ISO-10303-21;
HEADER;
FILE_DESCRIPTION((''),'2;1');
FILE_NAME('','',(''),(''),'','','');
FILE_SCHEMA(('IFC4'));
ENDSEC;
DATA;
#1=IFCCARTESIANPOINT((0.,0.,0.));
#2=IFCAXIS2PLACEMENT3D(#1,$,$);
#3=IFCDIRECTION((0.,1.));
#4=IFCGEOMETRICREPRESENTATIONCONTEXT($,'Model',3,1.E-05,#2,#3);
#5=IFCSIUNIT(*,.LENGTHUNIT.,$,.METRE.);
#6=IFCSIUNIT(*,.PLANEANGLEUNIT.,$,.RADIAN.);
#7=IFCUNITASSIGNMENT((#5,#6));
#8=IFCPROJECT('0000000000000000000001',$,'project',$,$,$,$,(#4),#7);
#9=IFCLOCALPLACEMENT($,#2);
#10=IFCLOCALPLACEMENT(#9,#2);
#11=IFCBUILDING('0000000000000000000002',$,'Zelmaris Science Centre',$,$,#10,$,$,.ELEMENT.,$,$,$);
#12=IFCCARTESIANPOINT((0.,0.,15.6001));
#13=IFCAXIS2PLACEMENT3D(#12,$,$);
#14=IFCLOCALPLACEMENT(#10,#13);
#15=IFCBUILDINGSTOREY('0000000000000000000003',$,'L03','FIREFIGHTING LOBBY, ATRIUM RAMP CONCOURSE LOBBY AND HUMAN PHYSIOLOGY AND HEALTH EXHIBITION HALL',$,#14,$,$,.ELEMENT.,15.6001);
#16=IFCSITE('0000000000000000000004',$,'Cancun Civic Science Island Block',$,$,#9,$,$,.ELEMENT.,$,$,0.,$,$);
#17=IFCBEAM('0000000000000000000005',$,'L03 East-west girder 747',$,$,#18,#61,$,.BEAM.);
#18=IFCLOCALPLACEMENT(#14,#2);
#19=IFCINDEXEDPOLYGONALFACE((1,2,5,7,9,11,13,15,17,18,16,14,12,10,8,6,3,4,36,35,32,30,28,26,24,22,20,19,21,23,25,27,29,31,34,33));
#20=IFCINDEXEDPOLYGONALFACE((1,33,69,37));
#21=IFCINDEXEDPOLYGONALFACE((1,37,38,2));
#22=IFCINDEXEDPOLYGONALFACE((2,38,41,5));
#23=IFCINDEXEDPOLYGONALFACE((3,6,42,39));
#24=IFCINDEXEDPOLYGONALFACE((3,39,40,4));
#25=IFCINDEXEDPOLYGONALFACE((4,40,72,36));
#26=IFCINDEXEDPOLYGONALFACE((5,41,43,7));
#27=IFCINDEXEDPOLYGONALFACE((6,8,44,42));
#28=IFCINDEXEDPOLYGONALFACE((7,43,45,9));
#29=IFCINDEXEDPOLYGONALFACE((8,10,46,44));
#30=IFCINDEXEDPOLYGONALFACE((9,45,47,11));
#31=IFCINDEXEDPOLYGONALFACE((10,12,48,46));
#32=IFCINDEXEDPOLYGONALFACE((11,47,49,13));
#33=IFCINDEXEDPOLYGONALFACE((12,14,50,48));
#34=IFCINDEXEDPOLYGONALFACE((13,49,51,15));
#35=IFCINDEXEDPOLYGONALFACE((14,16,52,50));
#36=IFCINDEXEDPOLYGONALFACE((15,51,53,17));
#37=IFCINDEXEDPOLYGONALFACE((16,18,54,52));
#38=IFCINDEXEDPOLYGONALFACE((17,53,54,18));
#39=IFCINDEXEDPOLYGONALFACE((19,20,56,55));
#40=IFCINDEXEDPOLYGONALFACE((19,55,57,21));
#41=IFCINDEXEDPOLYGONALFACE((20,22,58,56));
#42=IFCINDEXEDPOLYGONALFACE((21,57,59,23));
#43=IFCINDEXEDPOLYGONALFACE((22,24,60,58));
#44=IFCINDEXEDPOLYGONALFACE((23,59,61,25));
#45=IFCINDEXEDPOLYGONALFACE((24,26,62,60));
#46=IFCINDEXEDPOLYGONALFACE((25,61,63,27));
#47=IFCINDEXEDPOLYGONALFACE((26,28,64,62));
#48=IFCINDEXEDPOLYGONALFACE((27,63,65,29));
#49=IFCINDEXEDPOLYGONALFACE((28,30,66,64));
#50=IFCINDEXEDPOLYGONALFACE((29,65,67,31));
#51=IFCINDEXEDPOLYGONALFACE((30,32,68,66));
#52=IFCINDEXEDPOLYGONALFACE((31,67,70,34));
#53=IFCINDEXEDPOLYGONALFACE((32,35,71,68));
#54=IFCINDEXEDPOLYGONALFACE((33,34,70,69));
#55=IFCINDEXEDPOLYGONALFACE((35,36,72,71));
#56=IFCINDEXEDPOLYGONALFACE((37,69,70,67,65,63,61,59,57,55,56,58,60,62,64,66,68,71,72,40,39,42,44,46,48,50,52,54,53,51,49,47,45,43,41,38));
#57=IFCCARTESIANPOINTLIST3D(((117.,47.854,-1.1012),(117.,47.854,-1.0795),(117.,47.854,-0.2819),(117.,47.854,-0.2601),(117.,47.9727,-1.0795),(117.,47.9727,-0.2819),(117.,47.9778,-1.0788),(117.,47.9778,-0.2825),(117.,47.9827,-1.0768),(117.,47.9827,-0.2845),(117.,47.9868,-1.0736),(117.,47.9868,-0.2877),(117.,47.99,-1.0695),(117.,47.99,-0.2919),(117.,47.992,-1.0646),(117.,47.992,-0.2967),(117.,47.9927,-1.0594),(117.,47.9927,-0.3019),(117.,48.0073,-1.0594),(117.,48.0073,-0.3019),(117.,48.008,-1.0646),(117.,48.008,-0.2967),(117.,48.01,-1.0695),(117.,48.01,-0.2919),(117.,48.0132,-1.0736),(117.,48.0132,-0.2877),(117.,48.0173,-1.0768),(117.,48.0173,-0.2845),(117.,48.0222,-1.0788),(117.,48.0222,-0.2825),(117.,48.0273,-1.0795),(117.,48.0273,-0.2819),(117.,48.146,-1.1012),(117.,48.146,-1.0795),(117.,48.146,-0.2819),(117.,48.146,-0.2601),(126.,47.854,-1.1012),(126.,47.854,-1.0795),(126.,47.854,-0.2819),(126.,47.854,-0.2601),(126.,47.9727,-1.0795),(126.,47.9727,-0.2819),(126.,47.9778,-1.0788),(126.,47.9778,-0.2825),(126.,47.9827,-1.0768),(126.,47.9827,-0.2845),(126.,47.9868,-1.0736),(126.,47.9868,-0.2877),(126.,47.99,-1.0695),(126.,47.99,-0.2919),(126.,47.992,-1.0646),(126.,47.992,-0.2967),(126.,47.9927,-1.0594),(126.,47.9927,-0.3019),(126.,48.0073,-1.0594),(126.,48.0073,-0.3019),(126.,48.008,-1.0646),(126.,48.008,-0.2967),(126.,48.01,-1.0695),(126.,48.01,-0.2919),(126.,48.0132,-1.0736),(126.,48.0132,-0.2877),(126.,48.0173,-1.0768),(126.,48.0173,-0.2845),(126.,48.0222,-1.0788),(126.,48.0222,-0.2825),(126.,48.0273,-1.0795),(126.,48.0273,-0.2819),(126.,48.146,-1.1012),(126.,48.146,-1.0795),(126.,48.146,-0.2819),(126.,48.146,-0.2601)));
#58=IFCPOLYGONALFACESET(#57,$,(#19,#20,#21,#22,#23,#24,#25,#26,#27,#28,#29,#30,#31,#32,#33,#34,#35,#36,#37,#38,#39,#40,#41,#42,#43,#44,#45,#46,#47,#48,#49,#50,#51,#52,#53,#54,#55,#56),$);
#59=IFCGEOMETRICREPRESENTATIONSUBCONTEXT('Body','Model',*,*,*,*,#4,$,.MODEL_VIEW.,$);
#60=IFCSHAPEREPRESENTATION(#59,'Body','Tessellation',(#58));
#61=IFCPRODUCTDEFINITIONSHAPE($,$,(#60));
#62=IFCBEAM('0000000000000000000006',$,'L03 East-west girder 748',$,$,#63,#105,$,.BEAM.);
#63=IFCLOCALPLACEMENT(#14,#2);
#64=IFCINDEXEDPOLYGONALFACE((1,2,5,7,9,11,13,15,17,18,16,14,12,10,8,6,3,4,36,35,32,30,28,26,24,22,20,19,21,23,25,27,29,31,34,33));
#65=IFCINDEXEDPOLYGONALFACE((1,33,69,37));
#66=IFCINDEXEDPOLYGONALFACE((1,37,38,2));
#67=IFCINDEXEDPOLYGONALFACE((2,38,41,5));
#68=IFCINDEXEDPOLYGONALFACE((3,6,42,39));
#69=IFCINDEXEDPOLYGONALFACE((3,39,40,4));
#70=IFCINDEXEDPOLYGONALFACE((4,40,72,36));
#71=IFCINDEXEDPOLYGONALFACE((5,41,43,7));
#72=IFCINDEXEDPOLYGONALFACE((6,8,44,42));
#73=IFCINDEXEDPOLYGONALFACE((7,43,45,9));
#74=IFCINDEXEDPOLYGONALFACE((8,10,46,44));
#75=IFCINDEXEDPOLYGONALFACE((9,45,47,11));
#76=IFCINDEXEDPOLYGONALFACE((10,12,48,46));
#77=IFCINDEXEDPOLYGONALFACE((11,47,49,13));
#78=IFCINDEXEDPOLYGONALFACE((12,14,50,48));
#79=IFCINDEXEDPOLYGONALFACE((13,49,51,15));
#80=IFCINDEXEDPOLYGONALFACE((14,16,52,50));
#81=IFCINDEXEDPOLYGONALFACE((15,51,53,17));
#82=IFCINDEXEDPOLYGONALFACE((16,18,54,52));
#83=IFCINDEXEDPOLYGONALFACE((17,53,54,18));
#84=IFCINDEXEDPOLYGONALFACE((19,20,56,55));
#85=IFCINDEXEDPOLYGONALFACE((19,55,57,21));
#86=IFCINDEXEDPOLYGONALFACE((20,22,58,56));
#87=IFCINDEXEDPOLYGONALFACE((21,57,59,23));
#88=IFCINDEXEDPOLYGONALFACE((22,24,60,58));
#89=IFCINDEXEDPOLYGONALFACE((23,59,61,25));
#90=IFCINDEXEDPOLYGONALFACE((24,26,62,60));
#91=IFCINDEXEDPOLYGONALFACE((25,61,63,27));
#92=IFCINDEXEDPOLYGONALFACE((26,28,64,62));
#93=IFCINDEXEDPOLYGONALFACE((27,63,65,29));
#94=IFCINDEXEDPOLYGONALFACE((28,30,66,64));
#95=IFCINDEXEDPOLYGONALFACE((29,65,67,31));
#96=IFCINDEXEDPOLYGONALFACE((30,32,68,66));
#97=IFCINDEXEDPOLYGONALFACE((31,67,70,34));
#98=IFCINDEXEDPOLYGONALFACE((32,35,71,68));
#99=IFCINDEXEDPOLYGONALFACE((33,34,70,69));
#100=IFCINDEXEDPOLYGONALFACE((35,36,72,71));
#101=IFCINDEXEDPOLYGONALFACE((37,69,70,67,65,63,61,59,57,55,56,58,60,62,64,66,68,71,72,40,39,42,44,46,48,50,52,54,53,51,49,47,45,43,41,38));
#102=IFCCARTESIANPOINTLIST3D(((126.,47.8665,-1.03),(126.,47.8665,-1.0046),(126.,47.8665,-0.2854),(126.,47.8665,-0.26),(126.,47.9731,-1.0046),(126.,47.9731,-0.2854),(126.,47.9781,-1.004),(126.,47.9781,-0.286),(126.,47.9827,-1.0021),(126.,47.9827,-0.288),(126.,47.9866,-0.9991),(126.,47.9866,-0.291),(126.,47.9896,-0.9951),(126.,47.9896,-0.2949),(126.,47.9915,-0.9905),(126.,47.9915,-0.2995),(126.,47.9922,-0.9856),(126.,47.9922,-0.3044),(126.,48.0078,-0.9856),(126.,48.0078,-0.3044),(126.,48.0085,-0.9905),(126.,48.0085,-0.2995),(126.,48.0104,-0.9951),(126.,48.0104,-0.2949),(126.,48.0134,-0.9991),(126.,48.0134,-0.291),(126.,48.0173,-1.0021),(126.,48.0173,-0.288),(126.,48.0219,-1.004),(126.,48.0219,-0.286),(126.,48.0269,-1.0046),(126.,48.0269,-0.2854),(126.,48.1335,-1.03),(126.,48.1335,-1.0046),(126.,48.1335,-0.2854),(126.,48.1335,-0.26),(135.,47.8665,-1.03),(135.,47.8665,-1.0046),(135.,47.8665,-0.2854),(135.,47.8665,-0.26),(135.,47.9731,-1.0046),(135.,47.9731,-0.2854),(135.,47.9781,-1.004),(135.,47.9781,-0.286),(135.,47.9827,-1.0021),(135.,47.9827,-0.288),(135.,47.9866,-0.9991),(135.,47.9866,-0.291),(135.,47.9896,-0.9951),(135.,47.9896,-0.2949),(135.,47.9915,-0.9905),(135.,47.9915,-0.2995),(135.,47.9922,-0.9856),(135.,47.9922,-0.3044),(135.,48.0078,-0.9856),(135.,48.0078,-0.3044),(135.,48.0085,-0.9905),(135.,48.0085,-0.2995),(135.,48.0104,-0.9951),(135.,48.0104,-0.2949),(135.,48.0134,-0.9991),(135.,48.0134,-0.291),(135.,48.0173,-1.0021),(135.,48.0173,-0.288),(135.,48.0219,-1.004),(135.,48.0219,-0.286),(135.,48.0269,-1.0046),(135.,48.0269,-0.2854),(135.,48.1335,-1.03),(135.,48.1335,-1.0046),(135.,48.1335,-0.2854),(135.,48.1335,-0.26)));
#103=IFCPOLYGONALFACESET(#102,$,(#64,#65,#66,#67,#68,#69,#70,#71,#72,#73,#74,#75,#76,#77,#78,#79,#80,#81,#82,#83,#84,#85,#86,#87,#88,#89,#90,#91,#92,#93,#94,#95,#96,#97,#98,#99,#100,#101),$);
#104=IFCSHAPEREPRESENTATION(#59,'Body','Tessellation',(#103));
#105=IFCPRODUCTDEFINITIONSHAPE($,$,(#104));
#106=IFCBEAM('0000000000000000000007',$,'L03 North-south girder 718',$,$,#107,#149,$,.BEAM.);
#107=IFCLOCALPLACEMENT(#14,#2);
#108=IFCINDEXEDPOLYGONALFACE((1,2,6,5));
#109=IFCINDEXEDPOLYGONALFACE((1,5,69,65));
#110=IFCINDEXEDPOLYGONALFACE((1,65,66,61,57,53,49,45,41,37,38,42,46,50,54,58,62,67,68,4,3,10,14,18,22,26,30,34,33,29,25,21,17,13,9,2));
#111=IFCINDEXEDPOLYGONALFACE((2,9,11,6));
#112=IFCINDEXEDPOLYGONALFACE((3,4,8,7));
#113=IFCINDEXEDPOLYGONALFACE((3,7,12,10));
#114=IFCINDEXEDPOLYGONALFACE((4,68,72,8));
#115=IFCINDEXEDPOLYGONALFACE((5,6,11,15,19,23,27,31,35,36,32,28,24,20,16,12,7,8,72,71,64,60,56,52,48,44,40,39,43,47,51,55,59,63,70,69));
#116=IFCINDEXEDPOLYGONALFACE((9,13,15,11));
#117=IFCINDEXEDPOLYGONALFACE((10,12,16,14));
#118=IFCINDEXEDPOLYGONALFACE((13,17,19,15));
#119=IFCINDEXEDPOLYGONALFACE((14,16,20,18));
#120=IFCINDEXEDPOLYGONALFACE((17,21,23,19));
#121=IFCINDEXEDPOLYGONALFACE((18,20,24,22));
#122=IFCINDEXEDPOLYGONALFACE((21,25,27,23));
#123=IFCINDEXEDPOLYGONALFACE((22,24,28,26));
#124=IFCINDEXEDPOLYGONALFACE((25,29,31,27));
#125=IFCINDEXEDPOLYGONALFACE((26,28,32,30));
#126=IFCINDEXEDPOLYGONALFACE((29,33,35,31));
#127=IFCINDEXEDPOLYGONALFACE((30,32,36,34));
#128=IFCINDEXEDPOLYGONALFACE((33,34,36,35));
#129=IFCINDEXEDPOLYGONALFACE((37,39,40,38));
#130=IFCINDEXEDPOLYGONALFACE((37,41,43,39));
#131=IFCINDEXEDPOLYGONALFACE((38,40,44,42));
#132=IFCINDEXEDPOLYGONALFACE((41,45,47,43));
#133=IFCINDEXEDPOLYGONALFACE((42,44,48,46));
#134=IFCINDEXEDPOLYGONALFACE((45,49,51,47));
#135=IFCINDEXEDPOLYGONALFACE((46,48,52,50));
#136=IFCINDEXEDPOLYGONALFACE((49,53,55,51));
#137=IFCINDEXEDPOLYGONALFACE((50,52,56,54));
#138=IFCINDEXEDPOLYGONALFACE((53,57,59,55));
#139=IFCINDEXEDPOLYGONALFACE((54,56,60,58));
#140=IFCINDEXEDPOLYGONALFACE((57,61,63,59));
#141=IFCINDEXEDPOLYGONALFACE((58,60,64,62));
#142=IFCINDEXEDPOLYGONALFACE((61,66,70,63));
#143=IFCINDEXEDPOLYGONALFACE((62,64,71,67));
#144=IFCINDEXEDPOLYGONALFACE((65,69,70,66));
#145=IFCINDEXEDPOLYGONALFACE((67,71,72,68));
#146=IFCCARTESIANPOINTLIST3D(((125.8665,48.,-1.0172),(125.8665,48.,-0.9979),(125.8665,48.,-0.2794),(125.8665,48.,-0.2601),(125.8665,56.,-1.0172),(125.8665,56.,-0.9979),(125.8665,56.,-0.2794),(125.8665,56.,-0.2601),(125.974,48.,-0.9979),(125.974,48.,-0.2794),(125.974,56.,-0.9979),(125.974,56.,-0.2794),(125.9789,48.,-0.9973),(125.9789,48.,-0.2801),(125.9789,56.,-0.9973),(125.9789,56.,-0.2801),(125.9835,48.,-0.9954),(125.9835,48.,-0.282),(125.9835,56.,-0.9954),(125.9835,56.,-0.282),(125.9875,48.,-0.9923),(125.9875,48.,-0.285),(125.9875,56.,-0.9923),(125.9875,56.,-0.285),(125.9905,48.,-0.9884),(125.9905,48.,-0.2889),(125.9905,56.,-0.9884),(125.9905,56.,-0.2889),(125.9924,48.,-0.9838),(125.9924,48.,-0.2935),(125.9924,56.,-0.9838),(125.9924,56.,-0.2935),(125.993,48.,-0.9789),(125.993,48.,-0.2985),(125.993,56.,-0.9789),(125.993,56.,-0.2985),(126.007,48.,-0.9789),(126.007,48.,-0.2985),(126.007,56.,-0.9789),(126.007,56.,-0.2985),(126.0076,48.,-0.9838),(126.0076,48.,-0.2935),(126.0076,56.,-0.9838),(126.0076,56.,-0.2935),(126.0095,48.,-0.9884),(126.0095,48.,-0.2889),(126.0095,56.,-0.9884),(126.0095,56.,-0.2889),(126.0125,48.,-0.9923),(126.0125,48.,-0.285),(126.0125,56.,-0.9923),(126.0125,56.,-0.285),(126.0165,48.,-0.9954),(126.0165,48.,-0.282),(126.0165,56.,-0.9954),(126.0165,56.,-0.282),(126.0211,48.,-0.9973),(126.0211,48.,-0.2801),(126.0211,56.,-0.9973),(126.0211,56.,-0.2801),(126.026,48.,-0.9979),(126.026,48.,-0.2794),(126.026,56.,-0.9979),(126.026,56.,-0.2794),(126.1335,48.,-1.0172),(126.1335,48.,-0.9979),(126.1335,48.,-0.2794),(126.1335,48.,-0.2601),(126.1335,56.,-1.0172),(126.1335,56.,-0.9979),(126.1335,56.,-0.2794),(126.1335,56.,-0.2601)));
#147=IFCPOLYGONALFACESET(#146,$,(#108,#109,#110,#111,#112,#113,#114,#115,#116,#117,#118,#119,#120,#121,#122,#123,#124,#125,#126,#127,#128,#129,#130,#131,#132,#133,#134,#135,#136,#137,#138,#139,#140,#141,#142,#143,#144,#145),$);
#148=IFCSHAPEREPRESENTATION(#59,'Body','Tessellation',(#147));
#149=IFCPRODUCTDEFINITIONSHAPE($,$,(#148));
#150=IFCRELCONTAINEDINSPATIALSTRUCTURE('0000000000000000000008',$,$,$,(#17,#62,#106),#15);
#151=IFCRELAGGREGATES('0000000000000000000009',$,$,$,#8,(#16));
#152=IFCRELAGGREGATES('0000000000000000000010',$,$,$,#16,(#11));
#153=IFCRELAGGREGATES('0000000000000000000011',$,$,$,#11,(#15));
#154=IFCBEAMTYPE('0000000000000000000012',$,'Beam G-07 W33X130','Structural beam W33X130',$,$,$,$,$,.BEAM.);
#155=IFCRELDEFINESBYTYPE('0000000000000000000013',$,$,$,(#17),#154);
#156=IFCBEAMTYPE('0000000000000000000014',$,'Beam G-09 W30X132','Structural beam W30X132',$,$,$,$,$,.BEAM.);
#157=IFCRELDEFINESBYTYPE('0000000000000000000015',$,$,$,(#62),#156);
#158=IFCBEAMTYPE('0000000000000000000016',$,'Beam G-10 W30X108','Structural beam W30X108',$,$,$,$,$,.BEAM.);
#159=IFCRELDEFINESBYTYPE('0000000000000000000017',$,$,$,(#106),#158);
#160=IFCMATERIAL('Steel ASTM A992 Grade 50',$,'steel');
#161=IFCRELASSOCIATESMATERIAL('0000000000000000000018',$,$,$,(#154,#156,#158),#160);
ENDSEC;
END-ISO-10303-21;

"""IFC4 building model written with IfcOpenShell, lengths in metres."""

from ifc_helpers import new_model, si_unit, direction, frame, origin, origin_2d, place, context, subcontext, project, spatial, i_section, extrude, material, material_profile, profile_set, type_object, element, save


model = new_model("IFC4")

# Units and contexts
model_context = context("Model", 3, precision=1e-05, world=origin(), true_north=direction((0.0, 1.0)))
body_context = subcontext(model_context, "Body", "Model", "MODEL_VIEW")
ifc_project = project(units=[si_unit("LENGTHUNIT", "METRE"), si_unit("PLANEANGLEUNIT", "RADIAN")], contexts=[model_context])

# Site, building, storey
site_placement = place(None, origin())
site = spatial("IfcSite", under=ifc_project, at=site_placement, Name="Cancun Civic Science Island Block", CompositionType="ELEMENT", RefElevation=0.0)
building_placement = place(site_placement, origin())
building = spatial("IfcBuilding", under=site, at=building_placement, Name="Zelmaris Science Centre", CompositionType="ELEMENT")
storey_placement = place(building_placement, frame((0.0, 0.0, 15.6001)))
storey = spatial("IfcBuildingStorey", under=building, at=storey_placement, Name="L03", Description="FIREFIGHTING LOBBY, ATRIUM RAMP CONCOURSE LOBBY AND HUMAN PHYSIOLOGY AND HEALTH EXHIBITION HALL", CompositionType="ELEMENT", Elevation=15.6001)

# Shared definitions
ifc_material_1 = material(Name="Steel ASTM A992 Grade 50", Category="steel")

# Beams
ifc_material_profile_1 = material_profile(ifc_material_1, i_section(OverallWidth=0.292, OverallDepth=0.8411, WebThickness=0.0146, FlangeThickness=0.0217, FilletRadius=0.02, at=origin_2d()), Name="W33X130")
ifc_profile_set_1 = profile_set([ifc_material_profile_1], Name="Steel ASTM A992 Grade 50")
beam_type_1 = type_object("IfcBeamType", Name="Beam G-07 W33X130", Description="Structural beam W33X130", PredefinedType="BEAM", material=ifc_profile_set_1)
beam_1_placement = place(storey_placement, frame((117.0, 48.0, -0.6807), z_axis=(1.0, 0.0, 0.0), x_axis=(0.0, 1.0, 0.0)))
element("IfcBeam", 1, at=beam_1_placement, inside=storey, type_object=beam_type_1, Name="L03 East-west girder 747", PredefinedType="BEAM", context=body_context, shape_type="SweptSolid", body=[
    extrude(i_section(OverallWidth=0.292, OverallDepth=0.8411, WebThickness=0.0146, FlangeThickness=0.0217, FilletRadius=0.02, at=origin_2d()), origin(), (0.0, 0.0, 1.0), 9.0),
])
ifc_material_profile_2 = material_profile(ifc_material_1, i_section(OverallWidth=0.2671, OverallDepth=0.77, WebThickness=0.0156, FlangeThickness=0.0254, FilletRadius=0.019, at=origin_2d()), Name="W30X132")
ifc_profile_set_2 = profile_set([ifc_material_profile_2], Name="Steel ASTM A992 Grade 50")
beam_type_2 = type_object("IfcBeamType", Name="Beam G-09 W30X132", Description="Structural beam W30X132", PredefinedType="BEAM", material=ifc_profile_set_2)
beam_2_placement = place(storey_placement, frame((126.0, 48.0, -0.645), z_axis=(1.0, 0.0, 0.0), x_axis=(0.0, 1.0, 0.0)))
element("IfcBeam", 2, at=beam_2_placement, inside=storey, type_object=beam_type_2, Name="L03 East-west girder 748", PredefinedType="BEAM", context=body_context, shape_type="SweptSolid", body=[
    extrude(i_section(OverallWidth=0.2671, OverallDepth=0.77, WebThickness=0.0156, FlangeThickness=0.0254, FilletRadius=0.019, at=origin_2d()), origin(), (0.0, 0.0, 1.0), 9.0),
])
ifc_material_profile_3 = material_profile(ifc_material_1, i_section(OverallWidth=0.2671, OverallDepth=0.7571, WebThickness=0.0139, FlangeThickness=0.0193, FilletRadius=0.019, at=origin_2d()), Name="W30X108")
ifc_profile_set_3 = profile_set([ifc_material_profile_3], Name="Steel ASTM A992 Grade 50")
beam_type_3 = type_object("IfcBeamType", Name="Beam G-10 W30X108", Description="Structural beam W30X108", PredefinedType="BEAM", material=ifc_profile_set_3)
beam_3_placement = place(storey_placement, frame((126.0, 48.0, -0.6387), z_axis=(0.0, 1.0, 0.0), x_axis=(-1.0, 0.0, 0.0)))
element("IfcBeam", 3, at=beam_3_placement, inside=storey, type_object=beam_type_3, Name="L03 North-south girder 718", PredefinedType="BEAM", context=body_context, shape_type="SweptSolid", body=[
    extrude(i_section(OverallWidth=0.2671, OverallDepth=0.7571, WebThickness=0.0139, FlangeThickness=0.0193, FilletRadius=0.019, at=origin_2d()), origin(), (0.0, 0.0, 1.0), 8.0),
])

save(model, "model.ifc")
